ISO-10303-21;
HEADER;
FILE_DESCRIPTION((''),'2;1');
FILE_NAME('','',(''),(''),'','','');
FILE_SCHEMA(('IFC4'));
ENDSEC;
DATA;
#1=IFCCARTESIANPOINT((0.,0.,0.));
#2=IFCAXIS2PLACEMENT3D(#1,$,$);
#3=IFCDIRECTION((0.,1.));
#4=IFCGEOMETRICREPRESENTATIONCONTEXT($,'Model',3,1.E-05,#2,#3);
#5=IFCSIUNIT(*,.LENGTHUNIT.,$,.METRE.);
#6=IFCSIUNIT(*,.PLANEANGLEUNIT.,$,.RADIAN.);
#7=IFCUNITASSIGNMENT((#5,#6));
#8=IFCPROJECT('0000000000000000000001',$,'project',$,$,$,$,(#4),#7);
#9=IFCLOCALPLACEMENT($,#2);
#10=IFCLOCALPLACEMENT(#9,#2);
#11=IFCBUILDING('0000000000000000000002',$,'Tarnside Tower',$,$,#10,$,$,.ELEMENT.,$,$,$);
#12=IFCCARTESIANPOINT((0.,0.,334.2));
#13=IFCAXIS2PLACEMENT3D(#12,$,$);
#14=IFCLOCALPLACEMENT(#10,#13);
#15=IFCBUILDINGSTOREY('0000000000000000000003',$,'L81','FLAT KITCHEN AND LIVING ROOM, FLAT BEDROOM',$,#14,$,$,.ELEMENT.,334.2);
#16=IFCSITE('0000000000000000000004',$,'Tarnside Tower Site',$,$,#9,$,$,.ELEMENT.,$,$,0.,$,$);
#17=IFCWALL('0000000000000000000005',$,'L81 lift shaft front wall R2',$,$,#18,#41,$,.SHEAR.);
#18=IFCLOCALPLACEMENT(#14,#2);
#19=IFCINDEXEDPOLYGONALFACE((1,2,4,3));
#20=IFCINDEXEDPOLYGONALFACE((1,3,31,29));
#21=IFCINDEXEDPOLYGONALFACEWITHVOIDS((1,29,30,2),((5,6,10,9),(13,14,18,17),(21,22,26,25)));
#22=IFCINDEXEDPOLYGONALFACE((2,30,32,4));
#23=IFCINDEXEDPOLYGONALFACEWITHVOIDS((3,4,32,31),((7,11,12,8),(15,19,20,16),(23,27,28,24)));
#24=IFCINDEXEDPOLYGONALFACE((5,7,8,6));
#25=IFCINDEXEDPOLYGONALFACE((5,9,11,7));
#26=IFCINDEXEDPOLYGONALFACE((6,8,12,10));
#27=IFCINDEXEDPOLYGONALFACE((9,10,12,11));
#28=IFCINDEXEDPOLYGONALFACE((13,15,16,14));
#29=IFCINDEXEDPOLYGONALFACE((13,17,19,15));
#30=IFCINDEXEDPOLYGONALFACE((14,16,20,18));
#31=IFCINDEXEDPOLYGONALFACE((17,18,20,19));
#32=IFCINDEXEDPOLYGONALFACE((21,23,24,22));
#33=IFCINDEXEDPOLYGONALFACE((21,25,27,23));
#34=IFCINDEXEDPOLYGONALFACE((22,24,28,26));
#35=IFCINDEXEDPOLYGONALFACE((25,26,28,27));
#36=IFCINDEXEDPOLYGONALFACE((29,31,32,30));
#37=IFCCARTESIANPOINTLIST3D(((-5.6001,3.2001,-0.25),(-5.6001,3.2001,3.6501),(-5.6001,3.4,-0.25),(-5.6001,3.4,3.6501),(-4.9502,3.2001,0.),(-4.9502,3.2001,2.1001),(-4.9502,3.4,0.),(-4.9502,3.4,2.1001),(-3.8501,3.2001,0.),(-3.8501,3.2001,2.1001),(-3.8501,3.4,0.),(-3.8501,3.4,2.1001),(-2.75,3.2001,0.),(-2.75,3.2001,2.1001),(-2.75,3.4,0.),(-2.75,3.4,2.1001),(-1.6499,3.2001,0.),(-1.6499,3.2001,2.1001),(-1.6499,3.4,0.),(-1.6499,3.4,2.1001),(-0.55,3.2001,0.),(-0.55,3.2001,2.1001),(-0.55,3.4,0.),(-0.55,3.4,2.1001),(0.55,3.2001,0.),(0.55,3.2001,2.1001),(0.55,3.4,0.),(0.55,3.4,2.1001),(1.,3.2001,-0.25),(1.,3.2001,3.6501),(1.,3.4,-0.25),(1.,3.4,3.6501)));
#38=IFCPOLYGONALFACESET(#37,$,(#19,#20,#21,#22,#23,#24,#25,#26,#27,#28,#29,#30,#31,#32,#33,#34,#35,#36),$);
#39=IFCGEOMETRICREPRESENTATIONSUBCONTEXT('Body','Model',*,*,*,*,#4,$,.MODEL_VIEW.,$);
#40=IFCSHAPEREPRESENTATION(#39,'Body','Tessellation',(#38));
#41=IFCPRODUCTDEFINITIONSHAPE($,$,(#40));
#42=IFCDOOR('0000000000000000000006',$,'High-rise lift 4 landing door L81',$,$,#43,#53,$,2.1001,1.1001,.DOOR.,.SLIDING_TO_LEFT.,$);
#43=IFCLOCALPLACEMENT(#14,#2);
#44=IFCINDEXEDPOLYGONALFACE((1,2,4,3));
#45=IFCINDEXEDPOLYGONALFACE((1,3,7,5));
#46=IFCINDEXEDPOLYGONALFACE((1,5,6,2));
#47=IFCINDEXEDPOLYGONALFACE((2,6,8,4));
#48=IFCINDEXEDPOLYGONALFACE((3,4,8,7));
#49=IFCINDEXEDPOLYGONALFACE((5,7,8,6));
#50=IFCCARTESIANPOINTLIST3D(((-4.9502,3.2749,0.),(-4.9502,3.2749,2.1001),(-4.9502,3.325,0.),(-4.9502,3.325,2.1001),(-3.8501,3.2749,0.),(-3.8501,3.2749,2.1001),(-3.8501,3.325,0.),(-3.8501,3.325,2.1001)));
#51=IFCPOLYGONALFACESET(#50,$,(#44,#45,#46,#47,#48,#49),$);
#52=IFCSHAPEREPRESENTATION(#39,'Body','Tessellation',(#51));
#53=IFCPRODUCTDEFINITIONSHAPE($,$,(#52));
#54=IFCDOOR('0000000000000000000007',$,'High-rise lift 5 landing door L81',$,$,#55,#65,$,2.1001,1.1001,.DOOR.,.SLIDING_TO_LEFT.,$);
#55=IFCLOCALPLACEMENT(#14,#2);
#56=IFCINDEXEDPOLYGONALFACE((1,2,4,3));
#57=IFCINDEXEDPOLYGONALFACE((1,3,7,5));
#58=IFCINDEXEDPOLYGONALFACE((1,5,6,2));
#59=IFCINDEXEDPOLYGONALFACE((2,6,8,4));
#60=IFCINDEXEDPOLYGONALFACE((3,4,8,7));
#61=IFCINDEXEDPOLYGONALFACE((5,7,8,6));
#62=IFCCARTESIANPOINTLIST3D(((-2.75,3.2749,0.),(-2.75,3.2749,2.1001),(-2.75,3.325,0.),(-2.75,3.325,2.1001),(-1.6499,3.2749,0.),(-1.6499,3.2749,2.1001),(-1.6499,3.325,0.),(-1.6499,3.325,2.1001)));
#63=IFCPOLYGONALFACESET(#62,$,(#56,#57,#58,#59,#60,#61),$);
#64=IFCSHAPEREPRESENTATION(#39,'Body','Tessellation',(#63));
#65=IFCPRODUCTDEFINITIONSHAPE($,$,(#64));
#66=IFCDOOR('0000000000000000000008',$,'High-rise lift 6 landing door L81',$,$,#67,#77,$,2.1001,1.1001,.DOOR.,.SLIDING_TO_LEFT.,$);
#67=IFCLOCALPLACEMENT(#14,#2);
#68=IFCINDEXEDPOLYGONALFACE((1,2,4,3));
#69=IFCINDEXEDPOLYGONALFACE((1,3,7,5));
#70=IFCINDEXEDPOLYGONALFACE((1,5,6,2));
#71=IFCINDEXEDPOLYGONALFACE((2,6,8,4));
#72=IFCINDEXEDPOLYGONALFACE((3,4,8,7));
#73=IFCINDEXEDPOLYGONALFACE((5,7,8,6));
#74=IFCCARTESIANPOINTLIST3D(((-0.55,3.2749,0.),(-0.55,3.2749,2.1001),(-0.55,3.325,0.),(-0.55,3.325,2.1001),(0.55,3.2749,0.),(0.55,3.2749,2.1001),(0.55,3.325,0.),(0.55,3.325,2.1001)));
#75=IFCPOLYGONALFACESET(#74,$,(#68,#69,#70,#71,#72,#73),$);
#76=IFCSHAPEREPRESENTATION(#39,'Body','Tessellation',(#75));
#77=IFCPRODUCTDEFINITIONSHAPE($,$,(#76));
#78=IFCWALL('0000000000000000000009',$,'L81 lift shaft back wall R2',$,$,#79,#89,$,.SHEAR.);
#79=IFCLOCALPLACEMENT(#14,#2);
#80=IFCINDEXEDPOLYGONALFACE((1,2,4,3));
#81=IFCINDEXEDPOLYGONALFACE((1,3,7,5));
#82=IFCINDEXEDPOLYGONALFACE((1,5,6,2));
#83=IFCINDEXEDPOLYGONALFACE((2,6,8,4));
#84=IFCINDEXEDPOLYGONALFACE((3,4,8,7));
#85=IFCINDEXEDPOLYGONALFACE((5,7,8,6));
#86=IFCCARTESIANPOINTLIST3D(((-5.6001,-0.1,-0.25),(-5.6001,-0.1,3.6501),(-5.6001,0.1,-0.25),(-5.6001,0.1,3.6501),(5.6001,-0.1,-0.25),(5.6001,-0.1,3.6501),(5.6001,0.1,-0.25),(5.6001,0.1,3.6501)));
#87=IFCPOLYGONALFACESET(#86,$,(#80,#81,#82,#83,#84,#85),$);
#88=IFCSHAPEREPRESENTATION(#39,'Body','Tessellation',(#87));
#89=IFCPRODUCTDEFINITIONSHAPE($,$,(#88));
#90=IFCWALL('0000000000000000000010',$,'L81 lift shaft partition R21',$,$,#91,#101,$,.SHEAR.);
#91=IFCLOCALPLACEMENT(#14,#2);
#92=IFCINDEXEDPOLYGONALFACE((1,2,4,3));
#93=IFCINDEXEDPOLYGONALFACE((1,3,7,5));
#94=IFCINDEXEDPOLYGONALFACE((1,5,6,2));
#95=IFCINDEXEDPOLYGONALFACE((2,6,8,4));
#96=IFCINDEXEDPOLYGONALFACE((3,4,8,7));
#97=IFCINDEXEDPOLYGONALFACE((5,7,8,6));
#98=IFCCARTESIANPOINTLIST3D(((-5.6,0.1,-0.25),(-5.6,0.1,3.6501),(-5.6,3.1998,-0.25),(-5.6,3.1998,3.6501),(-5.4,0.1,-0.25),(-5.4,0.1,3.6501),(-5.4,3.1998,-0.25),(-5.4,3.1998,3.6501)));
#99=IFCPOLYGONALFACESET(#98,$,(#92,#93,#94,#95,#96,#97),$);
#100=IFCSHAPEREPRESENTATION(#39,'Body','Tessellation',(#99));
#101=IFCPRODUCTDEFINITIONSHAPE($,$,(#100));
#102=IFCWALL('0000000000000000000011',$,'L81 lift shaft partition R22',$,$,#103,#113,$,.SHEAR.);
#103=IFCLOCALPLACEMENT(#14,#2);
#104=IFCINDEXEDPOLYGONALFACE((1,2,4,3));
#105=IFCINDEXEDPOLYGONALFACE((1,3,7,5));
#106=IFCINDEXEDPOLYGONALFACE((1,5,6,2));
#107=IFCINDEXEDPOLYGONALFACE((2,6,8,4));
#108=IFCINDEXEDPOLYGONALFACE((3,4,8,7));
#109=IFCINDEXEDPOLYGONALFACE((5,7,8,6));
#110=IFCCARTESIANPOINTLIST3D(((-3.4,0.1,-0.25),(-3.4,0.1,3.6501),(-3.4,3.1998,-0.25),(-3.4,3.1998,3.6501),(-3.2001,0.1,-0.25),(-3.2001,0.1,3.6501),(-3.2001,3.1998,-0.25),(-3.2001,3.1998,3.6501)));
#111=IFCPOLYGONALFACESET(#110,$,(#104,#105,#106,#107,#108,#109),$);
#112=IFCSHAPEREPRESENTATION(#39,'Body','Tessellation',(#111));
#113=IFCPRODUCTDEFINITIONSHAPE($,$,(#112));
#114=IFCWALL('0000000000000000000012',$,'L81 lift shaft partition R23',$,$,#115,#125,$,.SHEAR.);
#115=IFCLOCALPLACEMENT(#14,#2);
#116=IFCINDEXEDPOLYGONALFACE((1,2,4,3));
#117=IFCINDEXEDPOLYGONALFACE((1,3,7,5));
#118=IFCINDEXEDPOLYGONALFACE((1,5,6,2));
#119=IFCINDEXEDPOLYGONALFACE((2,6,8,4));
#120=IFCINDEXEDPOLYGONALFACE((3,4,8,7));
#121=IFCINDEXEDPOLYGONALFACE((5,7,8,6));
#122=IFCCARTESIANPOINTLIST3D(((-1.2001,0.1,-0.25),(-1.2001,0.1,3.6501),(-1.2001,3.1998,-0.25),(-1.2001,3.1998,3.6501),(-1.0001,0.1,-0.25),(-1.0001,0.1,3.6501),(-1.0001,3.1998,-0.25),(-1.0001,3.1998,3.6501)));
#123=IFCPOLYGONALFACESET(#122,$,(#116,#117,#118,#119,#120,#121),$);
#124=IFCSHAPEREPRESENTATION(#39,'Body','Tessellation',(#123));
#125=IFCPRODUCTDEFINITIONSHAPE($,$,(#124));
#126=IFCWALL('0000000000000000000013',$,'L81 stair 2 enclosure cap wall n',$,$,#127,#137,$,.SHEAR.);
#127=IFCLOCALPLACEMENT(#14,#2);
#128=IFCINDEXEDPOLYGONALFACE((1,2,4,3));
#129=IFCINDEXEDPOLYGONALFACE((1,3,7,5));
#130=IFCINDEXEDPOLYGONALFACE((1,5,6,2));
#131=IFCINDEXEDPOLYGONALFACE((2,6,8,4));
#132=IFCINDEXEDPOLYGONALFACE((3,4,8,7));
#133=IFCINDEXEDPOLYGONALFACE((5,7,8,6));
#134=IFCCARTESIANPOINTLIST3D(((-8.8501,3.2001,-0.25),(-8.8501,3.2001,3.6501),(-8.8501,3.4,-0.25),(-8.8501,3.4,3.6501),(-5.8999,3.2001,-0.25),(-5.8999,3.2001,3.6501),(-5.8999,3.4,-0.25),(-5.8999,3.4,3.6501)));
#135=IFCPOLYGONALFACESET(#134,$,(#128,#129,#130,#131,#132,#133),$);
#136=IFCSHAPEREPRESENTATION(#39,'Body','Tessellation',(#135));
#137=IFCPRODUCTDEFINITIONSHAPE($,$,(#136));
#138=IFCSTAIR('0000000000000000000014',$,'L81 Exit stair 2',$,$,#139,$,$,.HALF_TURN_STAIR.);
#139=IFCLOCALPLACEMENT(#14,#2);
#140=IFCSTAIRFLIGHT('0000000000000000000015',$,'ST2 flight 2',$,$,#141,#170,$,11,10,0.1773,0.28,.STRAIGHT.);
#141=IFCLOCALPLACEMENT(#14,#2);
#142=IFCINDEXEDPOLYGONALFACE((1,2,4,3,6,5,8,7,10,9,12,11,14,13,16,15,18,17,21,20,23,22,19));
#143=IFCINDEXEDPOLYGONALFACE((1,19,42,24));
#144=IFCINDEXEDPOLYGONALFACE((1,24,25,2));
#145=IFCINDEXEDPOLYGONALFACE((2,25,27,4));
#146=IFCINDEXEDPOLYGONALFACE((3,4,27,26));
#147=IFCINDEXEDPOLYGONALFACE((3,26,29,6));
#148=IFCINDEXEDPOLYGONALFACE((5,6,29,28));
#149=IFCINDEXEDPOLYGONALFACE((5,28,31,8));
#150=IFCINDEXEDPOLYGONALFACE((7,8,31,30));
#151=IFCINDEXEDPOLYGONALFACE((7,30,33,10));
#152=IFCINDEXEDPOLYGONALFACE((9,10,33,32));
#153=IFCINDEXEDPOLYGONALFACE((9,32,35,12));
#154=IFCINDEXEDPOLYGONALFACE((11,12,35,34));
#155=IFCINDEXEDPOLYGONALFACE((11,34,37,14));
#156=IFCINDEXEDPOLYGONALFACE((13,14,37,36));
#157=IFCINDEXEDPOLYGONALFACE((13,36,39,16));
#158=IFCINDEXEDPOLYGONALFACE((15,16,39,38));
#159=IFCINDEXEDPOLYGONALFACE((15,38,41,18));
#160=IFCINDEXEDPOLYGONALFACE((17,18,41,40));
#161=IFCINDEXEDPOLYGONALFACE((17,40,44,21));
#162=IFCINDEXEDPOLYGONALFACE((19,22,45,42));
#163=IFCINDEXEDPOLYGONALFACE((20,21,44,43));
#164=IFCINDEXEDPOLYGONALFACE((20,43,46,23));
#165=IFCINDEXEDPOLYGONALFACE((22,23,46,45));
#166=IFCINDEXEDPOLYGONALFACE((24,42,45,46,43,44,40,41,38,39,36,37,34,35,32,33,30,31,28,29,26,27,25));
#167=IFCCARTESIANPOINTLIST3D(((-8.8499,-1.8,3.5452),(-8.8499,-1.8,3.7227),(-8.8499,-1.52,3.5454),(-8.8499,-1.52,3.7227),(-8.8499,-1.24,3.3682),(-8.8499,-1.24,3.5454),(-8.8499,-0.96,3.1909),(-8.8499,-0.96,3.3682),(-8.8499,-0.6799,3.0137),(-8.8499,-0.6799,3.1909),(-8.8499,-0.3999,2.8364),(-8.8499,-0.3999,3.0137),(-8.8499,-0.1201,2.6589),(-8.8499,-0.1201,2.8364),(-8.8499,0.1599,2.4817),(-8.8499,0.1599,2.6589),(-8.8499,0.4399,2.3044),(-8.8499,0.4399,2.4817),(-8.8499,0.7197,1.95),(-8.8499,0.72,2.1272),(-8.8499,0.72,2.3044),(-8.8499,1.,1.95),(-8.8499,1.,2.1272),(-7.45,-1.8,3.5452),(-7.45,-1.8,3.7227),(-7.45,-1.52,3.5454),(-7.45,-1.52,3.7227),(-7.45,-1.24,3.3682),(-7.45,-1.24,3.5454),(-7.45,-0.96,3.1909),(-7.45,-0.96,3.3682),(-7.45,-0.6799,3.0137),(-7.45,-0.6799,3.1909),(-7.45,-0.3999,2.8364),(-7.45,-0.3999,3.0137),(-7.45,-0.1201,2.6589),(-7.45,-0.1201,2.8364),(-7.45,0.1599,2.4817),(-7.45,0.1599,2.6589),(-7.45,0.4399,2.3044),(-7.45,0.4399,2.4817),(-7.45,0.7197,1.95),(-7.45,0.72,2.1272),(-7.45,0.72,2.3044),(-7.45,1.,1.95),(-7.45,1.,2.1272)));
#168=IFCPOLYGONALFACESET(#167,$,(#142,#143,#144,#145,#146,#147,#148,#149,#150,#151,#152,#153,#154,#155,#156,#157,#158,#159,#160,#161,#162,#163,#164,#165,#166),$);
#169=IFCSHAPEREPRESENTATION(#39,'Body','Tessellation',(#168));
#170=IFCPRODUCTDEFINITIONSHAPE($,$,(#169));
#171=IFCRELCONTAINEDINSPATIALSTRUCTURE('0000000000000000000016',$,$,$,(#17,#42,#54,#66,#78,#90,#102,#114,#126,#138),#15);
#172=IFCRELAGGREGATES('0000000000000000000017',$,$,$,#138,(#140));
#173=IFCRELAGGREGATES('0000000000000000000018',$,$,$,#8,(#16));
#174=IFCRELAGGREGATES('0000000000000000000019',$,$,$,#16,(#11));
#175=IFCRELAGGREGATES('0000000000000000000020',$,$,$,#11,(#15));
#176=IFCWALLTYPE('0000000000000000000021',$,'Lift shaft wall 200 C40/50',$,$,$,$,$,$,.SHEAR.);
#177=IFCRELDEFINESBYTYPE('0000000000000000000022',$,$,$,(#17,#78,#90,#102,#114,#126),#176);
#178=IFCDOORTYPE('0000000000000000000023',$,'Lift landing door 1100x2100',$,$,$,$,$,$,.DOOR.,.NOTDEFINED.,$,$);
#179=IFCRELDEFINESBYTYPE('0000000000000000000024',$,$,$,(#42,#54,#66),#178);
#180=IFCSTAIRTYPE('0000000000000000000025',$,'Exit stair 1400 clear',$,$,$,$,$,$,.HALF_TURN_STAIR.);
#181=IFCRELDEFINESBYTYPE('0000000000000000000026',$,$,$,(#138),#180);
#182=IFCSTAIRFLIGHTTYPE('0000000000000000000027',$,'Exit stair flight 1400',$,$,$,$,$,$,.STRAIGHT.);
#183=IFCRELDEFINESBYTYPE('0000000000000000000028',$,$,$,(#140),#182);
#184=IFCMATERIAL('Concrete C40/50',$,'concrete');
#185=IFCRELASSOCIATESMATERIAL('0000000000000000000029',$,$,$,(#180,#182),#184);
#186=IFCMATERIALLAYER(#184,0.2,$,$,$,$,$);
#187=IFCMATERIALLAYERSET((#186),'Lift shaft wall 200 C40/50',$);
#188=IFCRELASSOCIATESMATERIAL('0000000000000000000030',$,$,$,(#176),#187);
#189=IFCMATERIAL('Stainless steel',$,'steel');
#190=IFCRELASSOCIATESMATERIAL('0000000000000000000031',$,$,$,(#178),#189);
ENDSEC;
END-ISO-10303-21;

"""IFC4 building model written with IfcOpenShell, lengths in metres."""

from ifc_helpers import new_model, si_unit, direction, frame, frame_2d, origin, place, context, subcontext, project, spatial, polyline, rectangle, outline, extrude, material, layer, layer_set, type_object, element, fill, aggregate, save


model = new_model("IFC4")

# Units and contexts
model_context = context("Model", 3, precision=1e-05, world=origin(), true_north=direction((0.0, 1.0)))
body_context = subcontext(model_context, "Body", "Model", "MODEL_VIEW")
ifc_project = project(units=[si_unit("LENGTHUNIT", "METRE"), si_unit("PLANEANGLEUNIT", "RADIAN")], contexts=[model_context])

# Site, building, storey
site_placement = place(None, origin())
site = spatial("IfcSite", under=ifc_project, at=site_placement, Name="Tarnside Tower Site", CompositionType="ELEMENT", RefElevation=0.0)
building_placement = place(site_placement, origin())
building = spatial("IfcBuilding", under=site, at=building_placement, Name="Tarnside Tower", CompositionType="ELEMENT")
storey_placement = place(building_placement, frame((0.0, 0.0, 334.2)))
storey = spatial("IfcBuildingStorey", under=building, at=storey_placement, Name="L81", Description="FLAT KITCHEN AND LIVING ROOM, FLAT BEDROOM", CompositionType="ELEMENT", Elevation=334.2)

# Shared definitions
ifc_material_1 = material(Name="Concrete C40/50", Category="concrete")
stair_type = type_object("IfcStairType", Name="Exit stair 1400 clear", PredefinedType="HALF_TURN_STAIR", material=ifc_material_1)

# Shared definitions
ifc_layer_1 = layer(ifc_material_1, 0.2)
ifc_layer_set_1 = layer_set([ifc_layer_1], Name="Lift shaft wall 200 C40/50")
wall_type_1 = type_object("IfcWallType", Name="Lift shaft wall 200 C40/50", PredefinedType="SHEAR", material=ifc_layer_set_1)
ifc_material_2 = material(Name="Stainless steel", Category="steel")
door_type_1 = type_object("IfcDoorType", Name="Lift landing door 1100x2100", OperationType="NOTDEFINED", PredefinedType="DOOR", material=ifc_material_2)

# Wall, openings, doors
wall_1_placement = place(storey_placement, frame((-5.6001, 3.3, -0.25), z_axis=(0.0, 0.0, 1.0), x_axis=(1.0, 0.0, 0.0)))
wall_1 = element("IfcWall", 1, at=wall_1_placement, inside=storey, type_object=wall_type_1, Name="L81 lift shaft front wall R2", PredefinedType="SHEAR", context=body_context, shape_type="SweptSolid", body=[
    extrude(rectangle(XDim=6.6001, YDim=0.2, at=frame_2d((3.3, 0.0))), origin(), (0.0, 0.0, 1.0), 3.9001),
])
opening_1_placement = place(wall_1_placement, frame((0.6499, 0.0, 0.25)))
opening_1 = element("IfcOpeningElement", 2, at=opening_1_placement, cuts=wall_1, PredefinedType="OPENING", context=body_context, shape_type="SweptSolid", body=[
    extrude(rectangle(XDim=1.1001, YDim=2.1001, at=frame_2d((0.55, 1.05))), frame((0.0, 0.1099, 0.0), z_axis=(0.0, -1.0, 0.0), x_axis=(1.0, 0.0, 0.0)), (0.0, 0.0, 1.0), 0.22),
])
opening_2_placement = place(wall_1_placement, frame((2.8501, 0.0, 0.25)))
opening_2 = element("IfcOpeningElement", 3, at=opening_2_placement, cuts=wall_1, PredefinedType="OPENING", context=body_context, shape_type="SweptSolid", body=[
    extrude(rectangle(XDim=1.1001, YDim=2.1001, at=frame_2d((0.55, 1.05))), frame((0.0, 0.1099, 0.0), z_axis=(0.0, -1.0, 0.0), x_axis=(1.0, 0.0, 0.0)), (0.0, 0.0, 1.0), 0.22),
])
opening_3_placement = place(wall_1_placement, frame((5.05, 0.0, 0.25)))
opening_3 = element("IfcOpeningElement", 4, at=opening_3_placement, cuts=wall_1, PredefinedType="OPENING", context=body_context, shape_type="SweptSolid", body=[
    extrude(rectangle(XDim=1.1001, YDim=2.1001, at=frame_2d((0.55, 1.05))), frame((0.0, 0.1099, 0.0), z_axis=(0.0, -1.0, 0.0), x_axis=(1.0, 0.0, 0.0)), (0.0, 0.0, 1.0), 0.22),
])
door_1_placement = place(opening_1_placement, origin())
door_1 = element("IfcDoor", 5, at=door_1_placement, inside=storey, type_object=door_type_1, Name="High-rise lift 4 landing door L81", OperationType="SLIDING_TO_LEFT", OverallHeight=2.1001, OverallWidth=1.1001, PredefinedType="DOOR", context=body_context, shape_type="SweptSolid", body=[
    extrude(rectangle(XDim=1.1001, YDim=2.1001, at=frame_2d((0.55, 1.05))), frame((0.0, 0.0249, 0.0), z_axis=(0.0, -1.0, 0.0), x_axis=(1.0, 0.0, 0.0)), (0.0, 0.0, 1.0), 0.05),
])
fill(opening_1, door_1)
door_2_placement = place(opening_2_placement, origin())
door_2 = element("IfcDoor", 6, at=door_2_placement, inside=storey, type_object=door_type_1, Name="High-rise lift 5 landing door L81", OperationType="SLIDING_TO_LEFT", OverallHeight=2.1001, OverallWidth=1.1001, PredefinedType="DOOR", context=body_context, shape_type="SweptSolid", body=[
    extrude(rectangle(XDim=1.1001, YDim=2.1001, at=frame_2d((0.55, 1.05))), frame((0.0, 0.0249, 0.0), z_axis=(0.0, -1.0, 0.0), x_axis=(1.0, 0.0, 0.0)), (0.0, 0.0, 1.0), 0.05),
])
fill(opening_2, door_2)
door_3_placement = place(opening_3_placement, origin())
door_3 = element("IfcDoor", 7, at=door_3_placement, inside=storey, type_object=door_type_1, Name="High-rise lift 6 landing door L81", OperationType="SLIDING_TO_LEFT", OverallHeight=2.1001, OverallWidth=1.1001, PredefinedType="DOOR", context=body_context, shape_type="SweptSolid", body=[
    extrude(rectangle(XDim=1.1001, YDim=2.1001, at=frame_2d((0.55, 1.05))), frame((0.0, 0.0249, 0.0), z_axis=(0.0, -1.0, 0.0), x_axis=(1.0, 0.0, 0.0)), (0.0, 0.0, 1.0), 0.05),
])
fill(opening_3, door_3)

# Walls
wall_2_placement = place(storey_placement, frame((-5.6001, 0.0, -0.25), z_axis=(0.0, 0.0, 1.0), x_axis=(1.0, 0.0, 0.0)))
element("IfcWall", 8, at=wall_2_placement, inside=storey, type_object=wall_type_1, Name="L81 lift shaft back wall R2", PredefinedType="SHEAR", context=body_context, shape_type="SweptSolid", body=[
    extrude(rectangle(XDim=11.2002, YDim=0.2, at=frame_2d((5.6001, 0.0))), origin(), (0.0, 0.0, 1.0), 3.9001),
])
for number, where, z_axis, x_axis, name in (
    (9, (-5.5, 0.1001, -0.25), (0.0, 0.0, 1.0), (0.0, 1.0, 0.0), "L81 lift shaft partition R21"),
    (10, (-3.3, 0.1001, -0.25), (0.0, 0.0, 1.0), (0.0, 1.0, 0.0), "L81 lift shaft partition R22"),
    (11, (-1.1001, 0.1001, -0.25), (0.0, 0.0, 1.0), (0.0, 1.0, 0.0), "L81 lift shaft partition R23"),
):
    element("IfcWall", number, at=place(storey_placement, frame(where, z_axis=z_axis, x_axis=x_axis)), inside=storey, type_object=wall_type_1, Name=name, PredefinedType="SHEAR", context=body_context, shape_type="SweptSolid", body=[
        extrude(rectangle(XDim=3.0999, YDim=0.2, at=frame_2d((1.5498, 0.0))), origin(), (0.0, 0.0, 1.0), 3.9001),
    ])
wall_3_placement = place(storey_placement, frame((-8.8501, 3.3, -0.25), z_axis=(0.0, 0.0, 1.0), x_axis=(1.0, 0.0, 0.0)))
element("IfcWall", 12, at=wall_3_placement, inside=storey, type_object=wall_type_1, Name="L81 stair 2 enclosure cap wall n", PredefinedType="SHEAR", context=body_context, shape_type="SweptSolid", body=[
    extrude(rectangle(XDim=2.9502, YDim=0.2, at=frame_2d((1.4751, 0.0))), origin(), (0.0, 0.0, 1.0), 3.9001),
])

# Stair, stair flight
stair_1_placement = place(storey_placement, origin())
stair_1 = element("IfcStair", 13, at=stair_1_placement, inside=storey, type_object=stair_type, Name="L81 Exit stair 2", PredefinedType="HALF_TURN_STAIR")
stair_flight_type = type_object("IfcStairFlightType", Name="Exit stair flight 1400", PredefinedType="STRAIGHT", material=ifc_material_1)
stair_flight_placement = place(storey_placement, frame((-8.1499, 1.0, 1.95), z_axis=(0.0, 0.0, 1.0), x_axis=(0.0, -1.0, 0.0)))
stair_flight = element("IfcStairFlight", 14, at=stair_flight_placement, type_object=stair_flight_type, Name="ST2 flight 2", NumberOfRisers=11, NumberOfTreads=10, PredefinedType="STRAIGHT", RiserHeight=0.1773, TreadLength=0.28, context=body_context, shape_type="SweptSolid", body=[
    extrude(outline(polyline([(0.0, 0.0), (0.0, 0.1772), (0.28, 0.1772), (0.28, 0.3545), (0.5601, 0.3545), (0.5601, 0.5317), (0.8401, 0.5317), (0.8401, 0.709), (1.1201, 0.709), (1.1201, 0.8865), (1.3999, 0.8865), (1.3999, 1.0637), (1.6799, 1.0637), (1.6799, 1.241), (1.96, 1.241), (1.96, 1.4182), (2.24, 1.4182), (2.24, 1.5955), (2.52, 1.5955), (2.52, 1.7727), (2.8, 1.7727), (2.8, 1.95), (2.8, 1.5952), (0.2803, 0.0), (0.0, 0.0)])), frame((0.0, 0.7, 0.0), z_axis=(0.0, -1.0, 0.0), x_axis=(1.0, 0.0, 0.0)), (0.0, 0.0, 1.0), 1.3999),
])
aggregate(stair_1, [stair_flight])

save(model, "model.ifc")
